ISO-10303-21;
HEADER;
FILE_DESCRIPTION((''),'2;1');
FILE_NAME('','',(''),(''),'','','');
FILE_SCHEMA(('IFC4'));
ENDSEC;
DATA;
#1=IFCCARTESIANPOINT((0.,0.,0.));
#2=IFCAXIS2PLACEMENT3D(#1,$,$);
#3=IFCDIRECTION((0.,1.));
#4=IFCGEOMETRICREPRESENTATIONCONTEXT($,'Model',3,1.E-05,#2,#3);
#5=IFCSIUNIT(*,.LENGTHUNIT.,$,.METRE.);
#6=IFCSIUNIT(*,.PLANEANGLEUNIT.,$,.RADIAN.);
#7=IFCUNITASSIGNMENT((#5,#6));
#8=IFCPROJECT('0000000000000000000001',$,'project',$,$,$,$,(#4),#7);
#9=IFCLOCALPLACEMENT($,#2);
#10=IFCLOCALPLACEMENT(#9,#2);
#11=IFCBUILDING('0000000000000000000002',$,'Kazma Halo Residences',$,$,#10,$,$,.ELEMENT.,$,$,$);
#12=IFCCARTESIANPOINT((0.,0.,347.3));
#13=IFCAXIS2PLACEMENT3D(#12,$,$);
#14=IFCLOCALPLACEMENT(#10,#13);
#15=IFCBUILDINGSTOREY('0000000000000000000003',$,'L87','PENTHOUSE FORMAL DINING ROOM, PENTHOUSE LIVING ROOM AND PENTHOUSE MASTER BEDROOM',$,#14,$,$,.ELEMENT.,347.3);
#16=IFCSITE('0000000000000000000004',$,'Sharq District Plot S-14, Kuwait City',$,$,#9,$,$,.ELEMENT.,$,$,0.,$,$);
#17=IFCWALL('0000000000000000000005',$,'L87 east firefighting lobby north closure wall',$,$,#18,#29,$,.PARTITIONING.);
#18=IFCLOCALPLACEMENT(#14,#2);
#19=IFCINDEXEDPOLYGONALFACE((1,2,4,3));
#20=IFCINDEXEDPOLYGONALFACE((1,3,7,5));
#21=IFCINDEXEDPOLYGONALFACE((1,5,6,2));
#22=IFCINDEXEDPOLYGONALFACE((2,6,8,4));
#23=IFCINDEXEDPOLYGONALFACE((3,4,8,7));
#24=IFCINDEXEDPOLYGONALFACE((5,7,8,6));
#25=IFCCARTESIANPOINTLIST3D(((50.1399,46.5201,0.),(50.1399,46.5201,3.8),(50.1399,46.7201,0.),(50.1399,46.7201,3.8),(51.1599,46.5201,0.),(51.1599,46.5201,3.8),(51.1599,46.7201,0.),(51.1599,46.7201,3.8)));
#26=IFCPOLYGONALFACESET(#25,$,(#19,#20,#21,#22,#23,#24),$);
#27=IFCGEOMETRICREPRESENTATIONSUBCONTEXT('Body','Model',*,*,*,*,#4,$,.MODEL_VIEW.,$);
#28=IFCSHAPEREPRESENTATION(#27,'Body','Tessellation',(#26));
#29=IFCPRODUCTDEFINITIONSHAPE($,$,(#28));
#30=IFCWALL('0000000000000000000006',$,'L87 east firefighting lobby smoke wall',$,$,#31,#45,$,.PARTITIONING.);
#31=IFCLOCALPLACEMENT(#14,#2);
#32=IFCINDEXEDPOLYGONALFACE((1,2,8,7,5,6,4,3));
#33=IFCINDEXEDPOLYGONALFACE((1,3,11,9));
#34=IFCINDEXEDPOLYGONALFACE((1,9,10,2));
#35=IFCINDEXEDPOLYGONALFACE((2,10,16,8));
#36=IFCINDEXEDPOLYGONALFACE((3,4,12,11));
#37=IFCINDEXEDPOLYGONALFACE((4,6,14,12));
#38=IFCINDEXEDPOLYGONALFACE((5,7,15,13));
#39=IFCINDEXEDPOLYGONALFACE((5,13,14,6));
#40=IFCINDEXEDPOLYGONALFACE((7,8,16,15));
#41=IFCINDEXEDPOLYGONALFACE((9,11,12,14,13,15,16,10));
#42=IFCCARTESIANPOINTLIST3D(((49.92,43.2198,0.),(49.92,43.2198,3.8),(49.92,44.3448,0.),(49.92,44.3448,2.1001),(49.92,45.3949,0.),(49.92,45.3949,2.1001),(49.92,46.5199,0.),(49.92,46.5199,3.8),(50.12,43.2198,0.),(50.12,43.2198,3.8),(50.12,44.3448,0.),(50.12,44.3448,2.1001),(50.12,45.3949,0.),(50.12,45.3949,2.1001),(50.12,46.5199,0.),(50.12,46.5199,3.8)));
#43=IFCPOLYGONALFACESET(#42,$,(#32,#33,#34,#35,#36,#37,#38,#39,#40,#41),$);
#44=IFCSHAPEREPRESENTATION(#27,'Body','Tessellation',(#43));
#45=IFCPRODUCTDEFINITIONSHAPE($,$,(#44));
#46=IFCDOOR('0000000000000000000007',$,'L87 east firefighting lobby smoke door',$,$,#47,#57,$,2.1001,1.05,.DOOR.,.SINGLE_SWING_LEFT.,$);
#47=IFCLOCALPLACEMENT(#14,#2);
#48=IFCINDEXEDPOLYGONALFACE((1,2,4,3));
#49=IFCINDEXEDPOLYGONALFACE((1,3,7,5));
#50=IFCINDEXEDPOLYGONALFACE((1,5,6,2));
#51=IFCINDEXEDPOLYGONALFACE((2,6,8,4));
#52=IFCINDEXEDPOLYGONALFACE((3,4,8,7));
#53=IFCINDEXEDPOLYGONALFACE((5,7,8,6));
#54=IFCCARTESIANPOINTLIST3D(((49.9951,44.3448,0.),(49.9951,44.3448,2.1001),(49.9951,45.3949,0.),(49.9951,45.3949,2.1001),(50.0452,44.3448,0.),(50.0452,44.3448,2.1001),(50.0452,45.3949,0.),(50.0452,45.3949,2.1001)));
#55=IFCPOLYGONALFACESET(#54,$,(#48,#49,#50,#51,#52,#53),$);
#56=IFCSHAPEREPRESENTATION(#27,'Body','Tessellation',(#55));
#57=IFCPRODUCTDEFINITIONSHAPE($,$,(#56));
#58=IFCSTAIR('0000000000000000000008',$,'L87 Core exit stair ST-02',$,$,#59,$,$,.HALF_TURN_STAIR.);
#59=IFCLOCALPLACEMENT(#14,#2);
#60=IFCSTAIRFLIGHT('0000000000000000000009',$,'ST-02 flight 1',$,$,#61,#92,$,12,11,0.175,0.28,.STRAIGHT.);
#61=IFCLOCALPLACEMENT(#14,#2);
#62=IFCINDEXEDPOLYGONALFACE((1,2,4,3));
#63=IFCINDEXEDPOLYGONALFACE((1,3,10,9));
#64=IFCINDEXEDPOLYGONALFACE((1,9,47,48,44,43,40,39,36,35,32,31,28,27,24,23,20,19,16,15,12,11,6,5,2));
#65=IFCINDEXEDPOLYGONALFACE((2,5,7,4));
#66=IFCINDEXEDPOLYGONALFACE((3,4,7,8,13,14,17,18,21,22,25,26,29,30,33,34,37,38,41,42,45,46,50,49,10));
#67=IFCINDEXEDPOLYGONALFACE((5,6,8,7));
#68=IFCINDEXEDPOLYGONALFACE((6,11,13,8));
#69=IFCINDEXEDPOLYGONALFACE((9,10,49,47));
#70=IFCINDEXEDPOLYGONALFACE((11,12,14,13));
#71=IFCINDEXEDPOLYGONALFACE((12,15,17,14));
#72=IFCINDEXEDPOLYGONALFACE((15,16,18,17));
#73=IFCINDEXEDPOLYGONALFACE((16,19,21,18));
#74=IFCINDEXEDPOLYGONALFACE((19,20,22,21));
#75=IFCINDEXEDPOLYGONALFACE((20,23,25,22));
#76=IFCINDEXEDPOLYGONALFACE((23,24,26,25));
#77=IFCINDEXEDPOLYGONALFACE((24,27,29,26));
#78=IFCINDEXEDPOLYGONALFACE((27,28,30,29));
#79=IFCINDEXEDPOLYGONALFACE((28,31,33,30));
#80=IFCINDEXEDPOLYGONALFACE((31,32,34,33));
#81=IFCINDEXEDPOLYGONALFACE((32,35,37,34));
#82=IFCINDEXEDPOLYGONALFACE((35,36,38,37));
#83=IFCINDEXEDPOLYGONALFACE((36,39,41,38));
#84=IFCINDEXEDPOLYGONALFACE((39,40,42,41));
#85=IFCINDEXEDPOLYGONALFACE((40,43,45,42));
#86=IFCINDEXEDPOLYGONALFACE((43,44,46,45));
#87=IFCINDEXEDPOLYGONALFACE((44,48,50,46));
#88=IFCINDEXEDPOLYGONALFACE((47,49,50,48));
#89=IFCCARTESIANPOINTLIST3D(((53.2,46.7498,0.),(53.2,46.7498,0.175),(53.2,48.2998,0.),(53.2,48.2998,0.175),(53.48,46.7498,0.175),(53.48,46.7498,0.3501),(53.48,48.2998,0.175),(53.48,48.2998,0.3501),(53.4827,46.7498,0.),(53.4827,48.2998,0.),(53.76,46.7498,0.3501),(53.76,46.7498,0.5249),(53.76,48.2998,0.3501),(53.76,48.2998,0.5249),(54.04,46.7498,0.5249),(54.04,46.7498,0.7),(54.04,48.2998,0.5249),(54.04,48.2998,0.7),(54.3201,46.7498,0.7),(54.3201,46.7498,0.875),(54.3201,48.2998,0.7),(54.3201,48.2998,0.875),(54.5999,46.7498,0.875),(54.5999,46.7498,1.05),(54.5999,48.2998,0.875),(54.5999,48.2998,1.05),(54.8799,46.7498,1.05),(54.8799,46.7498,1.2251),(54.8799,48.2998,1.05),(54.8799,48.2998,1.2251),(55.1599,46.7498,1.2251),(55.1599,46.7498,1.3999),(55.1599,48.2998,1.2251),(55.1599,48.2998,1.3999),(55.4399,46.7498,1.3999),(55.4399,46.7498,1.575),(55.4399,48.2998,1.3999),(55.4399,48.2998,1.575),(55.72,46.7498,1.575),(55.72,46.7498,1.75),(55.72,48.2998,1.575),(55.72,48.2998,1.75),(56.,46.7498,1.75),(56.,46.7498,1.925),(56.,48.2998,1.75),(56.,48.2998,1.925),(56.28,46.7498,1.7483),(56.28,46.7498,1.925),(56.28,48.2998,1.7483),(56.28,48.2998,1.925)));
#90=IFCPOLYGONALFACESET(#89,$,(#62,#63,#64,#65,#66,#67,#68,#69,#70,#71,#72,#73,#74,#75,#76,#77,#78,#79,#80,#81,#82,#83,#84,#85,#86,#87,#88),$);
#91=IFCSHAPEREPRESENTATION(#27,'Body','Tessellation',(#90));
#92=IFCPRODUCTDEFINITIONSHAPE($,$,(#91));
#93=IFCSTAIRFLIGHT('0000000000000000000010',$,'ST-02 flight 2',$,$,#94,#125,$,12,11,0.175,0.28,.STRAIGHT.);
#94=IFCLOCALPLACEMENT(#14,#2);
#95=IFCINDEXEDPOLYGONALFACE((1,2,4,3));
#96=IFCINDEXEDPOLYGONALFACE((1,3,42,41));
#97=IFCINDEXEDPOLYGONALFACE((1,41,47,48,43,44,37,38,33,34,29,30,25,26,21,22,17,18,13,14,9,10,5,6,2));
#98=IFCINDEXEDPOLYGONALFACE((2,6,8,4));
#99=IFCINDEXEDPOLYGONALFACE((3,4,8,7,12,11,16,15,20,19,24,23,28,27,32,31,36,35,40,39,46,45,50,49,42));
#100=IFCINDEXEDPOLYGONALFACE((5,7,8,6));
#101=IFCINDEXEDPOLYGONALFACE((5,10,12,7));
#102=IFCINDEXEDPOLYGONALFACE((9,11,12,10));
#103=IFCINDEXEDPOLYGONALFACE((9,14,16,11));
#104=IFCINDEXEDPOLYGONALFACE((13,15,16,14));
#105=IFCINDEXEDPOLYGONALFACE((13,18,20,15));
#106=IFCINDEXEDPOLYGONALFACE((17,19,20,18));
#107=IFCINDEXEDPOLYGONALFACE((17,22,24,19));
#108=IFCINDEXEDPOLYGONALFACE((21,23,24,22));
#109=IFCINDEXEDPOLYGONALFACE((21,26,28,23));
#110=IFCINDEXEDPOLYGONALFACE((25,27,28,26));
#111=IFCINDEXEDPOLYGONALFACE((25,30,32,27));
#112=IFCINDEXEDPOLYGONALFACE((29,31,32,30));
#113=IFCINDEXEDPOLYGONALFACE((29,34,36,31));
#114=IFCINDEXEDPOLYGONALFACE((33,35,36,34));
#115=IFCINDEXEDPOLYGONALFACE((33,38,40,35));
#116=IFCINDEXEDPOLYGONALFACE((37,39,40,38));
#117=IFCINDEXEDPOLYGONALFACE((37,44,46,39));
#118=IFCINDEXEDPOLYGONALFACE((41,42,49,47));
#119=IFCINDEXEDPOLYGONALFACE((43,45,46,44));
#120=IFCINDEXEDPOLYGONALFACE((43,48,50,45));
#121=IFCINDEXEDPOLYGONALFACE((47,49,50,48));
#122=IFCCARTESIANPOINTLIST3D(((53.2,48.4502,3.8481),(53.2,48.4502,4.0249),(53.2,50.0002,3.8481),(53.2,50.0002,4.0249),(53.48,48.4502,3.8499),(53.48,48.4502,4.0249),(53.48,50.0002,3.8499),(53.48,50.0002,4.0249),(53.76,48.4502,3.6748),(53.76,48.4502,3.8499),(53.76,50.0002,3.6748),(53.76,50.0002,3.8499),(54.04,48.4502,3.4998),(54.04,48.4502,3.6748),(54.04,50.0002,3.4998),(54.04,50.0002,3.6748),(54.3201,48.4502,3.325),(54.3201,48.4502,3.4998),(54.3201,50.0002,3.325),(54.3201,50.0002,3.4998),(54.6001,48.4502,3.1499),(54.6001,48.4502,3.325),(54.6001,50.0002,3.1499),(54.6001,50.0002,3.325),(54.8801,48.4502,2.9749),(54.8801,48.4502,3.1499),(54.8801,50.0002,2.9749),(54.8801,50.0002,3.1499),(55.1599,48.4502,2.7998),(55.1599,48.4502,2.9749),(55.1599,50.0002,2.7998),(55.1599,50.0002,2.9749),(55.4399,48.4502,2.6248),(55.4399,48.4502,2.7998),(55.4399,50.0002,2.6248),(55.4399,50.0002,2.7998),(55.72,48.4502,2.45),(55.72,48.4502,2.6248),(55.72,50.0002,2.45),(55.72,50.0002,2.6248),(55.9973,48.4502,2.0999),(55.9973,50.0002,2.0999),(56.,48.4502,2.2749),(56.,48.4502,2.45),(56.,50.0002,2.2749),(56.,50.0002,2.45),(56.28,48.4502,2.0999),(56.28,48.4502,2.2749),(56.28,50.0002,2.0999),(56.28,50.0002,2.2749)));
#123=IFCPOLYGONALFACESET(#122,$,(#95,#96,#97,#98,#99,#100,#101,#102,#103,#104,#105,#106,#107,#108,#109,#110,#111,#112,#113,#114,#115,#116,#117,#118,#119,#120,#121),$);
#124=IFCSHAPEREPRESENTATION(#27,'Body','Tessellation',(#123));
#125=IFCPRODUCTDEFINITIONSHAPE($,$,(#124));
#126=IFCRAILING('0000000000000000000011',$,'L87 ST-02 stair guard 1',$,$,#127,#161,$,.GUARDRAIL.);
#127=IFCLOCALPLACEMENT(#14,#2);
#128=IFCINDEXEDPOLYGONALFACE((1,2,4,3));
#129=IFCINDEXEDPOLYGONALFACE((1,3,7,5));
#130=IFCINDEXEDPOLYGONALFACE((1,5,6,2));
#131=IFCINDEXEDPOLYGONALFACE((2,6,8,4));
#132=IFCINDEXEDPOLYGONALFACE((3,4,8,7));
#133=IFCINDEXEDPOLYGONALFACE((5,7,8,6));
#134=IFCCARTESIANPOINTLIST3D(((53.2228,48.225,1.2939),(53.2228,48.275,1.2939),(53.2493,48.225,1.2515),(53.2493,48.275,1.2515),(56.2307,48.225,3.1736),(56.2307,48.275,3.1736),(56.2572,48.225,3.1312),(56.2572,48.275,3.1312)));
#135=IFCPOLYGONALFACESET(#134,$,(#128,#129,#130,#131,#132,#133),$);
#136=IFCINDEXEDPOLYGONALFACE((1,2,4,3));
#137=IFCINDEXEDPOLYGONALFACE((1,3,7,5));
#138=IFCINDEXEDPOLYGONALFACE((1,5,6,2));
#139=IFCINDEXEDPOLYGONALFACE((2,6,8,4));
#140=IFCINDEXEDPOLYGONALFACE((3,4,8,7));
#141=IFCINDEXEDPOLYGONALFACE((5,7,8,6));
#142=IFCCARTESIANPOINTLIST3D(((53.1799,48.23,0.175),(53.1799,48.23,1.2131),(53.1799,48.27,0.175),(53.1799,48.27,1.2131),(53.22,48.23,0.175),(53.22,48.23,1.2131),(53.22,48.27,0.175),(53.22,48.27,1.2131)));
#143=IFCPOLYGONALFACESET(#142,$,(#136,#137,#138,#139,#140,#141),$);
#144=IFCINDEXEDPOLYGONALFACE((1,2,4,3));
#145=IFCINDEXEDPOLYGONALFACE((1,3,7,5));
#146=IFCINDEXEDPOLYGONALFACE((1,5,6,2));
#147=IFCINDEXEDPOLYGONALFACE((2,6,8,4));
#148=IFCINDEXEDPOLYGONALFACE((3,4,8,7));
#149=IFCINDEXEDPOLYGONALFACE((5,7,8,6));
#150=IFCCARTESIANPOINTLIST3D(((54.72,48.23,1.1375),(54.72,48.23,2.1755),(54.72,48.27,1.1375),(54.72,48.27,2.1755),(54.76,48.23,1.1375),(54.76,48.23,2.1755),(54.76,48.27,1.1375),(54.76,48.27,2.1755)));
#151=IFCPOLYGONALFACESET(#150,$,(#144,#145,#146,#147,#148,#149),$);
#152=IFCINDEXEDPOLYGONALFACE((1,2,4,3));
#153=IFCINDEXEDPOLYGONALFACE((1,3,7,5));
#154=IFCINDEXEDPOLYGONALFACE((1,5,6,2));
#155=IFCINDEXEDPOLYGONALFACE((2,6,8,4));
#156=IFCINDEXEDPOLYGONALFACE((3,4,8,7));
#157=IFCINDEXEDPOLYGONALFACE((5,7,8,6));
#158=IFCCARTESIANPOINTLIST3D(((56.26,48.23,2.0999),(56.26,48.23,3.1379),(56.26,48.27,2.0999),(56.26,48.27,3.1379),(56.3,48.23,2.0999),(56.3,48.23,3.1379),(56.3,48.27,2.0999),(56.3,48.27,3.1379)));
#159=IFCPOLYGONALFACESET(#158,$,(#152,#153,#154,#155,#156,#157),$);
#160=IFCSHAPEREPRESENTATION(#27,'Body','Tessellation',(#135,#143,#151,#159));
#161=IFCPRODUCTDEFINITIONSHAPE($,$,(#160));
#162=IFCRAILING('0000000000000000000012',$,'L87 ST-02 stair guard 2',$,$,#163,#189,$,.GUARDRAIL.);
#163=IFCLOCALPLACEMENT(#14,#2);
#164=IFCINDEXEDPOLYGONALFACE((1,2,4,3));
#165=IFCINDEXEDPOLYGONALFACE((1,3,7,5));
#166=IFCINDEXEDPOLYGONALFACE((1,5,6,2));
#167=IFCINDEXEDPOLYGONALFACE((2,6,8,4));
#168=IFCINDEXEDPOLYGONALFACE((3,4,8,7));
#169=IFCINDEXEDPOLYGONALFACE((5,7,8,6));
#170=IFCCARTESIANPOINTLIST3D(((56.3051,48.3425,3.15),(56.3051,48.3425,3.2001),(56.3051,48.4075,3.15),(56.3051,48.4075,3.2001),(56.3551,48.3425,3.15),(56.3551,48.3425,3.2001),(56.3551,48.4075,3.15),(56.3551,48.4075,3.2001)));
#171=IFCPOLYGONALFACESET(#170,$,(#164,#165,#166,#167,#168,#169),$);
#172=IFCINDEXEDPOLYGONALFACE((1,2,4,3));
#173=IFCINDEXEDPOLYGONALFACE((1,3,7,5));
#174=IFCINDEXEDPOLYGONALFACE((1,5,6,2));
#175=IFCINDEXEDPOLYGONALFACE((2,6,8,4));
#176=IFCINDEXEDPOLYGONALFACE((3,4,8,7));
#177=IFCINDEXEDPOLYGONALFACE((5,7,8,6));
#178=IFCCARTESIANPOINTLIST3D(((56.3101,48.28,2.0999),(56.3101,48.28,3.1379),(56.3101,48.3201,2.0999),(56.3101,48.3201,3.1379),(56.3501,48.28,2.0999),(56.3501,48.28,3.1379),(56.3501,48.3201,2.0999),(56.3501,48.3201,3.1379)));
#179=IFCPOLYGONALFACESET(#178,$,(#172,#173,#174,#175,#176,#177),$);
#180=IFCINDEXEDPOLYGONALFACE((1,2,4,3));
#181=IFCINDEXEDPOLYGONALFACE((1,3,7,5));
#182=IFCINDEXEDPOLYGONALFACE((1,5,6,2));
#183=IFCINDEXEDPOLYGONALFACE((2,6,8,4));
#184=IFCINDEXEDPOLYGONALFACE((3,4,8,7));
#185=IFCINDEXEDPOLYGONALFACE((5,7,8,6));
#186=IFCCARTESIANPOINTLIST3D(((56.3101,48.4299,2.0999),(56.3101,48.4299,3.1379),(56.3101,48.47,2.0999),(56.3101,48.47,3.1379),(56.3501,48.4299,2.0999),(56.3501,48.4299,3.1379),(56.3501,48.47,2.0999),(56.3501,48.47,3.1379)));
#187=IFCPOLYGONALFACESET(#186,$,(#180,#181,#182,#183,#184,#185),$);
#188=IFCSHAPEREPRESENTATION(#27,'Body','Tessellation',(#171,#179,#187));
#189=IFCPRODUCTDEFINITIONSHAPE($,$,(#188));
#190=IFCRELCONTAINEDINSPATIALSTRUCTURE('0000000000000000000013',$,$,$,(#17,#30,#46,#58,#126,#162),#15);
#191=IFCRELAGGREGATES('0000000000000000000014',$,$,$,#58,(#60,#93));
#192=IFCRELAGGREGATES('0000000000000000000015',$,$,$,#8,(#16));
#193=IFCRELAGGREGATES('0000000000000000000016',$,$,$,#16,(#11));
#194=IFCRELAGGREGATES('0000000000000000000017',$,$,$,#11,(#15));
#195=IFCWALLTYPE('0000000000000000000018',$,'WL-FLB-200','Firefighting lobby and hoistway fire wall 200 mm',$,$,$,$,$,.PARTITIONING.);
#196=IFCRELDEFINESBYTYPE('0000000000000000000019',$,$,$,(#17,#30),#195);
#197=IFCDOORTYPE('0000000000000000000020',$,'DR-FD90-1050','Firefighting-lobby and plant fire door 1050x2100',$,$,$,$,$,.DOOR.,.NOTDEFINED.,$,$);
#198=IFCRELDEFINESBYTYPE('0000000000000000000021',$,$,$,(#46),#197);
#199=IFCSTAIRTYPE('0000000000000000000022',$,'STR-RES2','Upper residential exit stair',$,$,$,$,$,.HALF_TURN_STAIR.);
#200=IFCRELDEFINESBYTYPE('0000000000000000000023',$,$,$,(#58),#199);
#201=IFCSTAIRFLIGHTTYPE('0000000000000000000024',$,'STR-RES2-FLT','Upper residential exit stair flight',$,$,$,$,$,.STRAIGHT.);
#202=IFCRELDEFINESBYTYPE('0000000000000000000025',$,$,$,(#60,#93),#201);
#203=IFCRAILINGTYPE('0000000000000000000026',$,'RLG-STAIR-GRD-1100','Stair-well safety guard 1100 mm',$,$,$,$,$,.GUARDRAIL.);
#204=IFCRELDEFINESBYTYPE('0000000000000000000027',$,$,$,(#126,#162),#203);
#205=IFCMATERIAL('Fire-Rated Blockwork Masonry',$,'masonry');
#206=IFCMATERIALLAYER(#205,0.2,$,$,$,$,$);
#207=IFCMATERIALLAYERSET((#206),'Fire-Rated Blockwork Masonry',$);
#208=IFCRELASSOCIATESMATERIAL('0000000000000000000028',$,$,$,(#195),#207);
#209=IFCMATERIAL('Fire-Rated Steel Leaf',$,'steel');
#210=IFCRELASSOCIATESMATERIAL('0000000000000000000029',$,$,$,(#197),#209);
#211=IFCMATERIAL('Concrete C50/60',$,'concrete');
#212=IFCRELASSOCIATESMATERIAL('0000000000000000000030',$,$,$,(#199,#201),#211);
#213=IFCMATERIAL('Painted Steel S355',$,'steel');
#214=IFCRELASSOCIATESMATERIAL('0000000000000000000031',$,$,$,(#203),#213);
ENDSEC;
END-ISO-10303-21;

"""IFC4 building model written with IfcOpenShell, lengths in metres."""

from ifc_helpers import new_model, si_unit, direction, frame, frame_2d, origin, origin_2d, place, context, subcontext, project, spatial, polyline, rectangle, outline, extrude, material, layer, layer_set, type_object, element, fill, aggregate, save


model = new_model("IFC4")

# Units and contexts
model_context = context("Model", 3, precision=1e-05, world=origin(), true_north=direction((0.0, 1.0)))
body_context = subcontext(model_context, "Body", "Model", "MODEL_VIEW")
ifc_project = project(units=[si_unit("LENGTHUNIT", "METRE"), si_unit("PLANEANGLEUNIT", "RADIAN")], contexts=[model_context])

# Site, building, storey
site_placement = place(None, origin())
site = spatial("IfcSite", under=ifc_project, at=site_placement, Name="Sharq District Plot S-14, Kuwait City", CompositionType="ELEMENT", RefElevation=0.0)
building_placement = place(site_placement, origin())
building = spatial("IfcBuilding", under=site, at=building_placement, Name="Kazma Halo Residences", CompositionType="ELEMENT")
storey_placement = place(building_placement, frame((0.0, 0.0, 347.3)))
storey = spatial("IfcBuildingStorey", under=building, at=storey_placement, Name="L87", Description="PENTHOUSE FORMAL DINING ROOM, PENTHOUSE LIVING ROOM AND PENTHOUSE MASTER BEDROOM", CompositionType="ELEMENT", Elevation=347.3)

# Shared definitions
ifc_material_1 = material(Name="Fire-Rated Blockwork Masonry", Category="masonry")
ifc_layer_1 = layer(ifc_material_1, 0.2)
ifc_layer_set_1 = layer_set([ifc_layer_1], Name="Fire-Rated Blockwork Masonry")
wall_type_1 = type_object("IfcWallType", Name="WL-FLB-200", Description="Firefighting lobby and hoistway fire wall 200 mm", PredefinedType="PARTITIONING", material=ifc_layer_set_1)

# Wall
wall_1_placement = place(storey_placement, frame((50.1399, 46.6201, 0.0), z_axis=(0.0, 0.0, 1.0), x_axis=(1.0, 0.0, 0.0)))
element("IfcWall", 1, at=wall_1_placement, inside=storey, type_object=wall_type_1, Name="L87 east firefighting lobby north closure wall", PredefinedType="PARTITIONING", context=body_context, shape_type="SweptSolid", body=[
    extrude(rectangle(XDim=1.02, YDim=0.2, at=frame_2d((0.51, 0.0))), origin(), (0.0, 0.0, 1.0), 3.8),
])

# Wall, opening, door
wall_2_placement = place(storey_placement, frame((50.02, 43.22, 0.0), z_axis=(0.0, 0.0, 1.0), x_axis=(0.0, 1.0, 0.0)))
wall_2 = element("IfcWall", 2, at=wall_2_placement, inside=storey, type_object=wall_type_1, Name="L87 east firefighting lobby smoke wall", PredefinedType="PARTITIONING", context=body_context, shape_type="SweptSolid", body=[
    extrude(rectangle(XDim=3.3, YDim=0.2, at=frame_2d((1.6499, 0.0))), origin(), (0.0, 0.0, 1.0), 3.8),
])
opening_1_placement = place(wall_2_placement, frame((1.125, 0.0, 0.0)))
opening_1 = element("IfcOpeningElement", 3, at=opening_1_placement, cuts=wall_2, PredefinedType="OPENING", context=body_context, shape_type="SweptSolid", body=[
    extrude(rectangle(XDim=1.05, YDim=2.1001, at=frame_2d((0.5249, 1.05))), frame((0.0, 0.1099, 0.0), z_axis=(0.0, -1.0, 0.0), x_axis=(1.0, 0.0, 0.0)), (0.0, 0.0, 1.0), 0.22),
])
ifc_material_2 = material(Name="Fire-Rated Steel Leaf", Category="steel")
door_type_1 = type_object("IfcDoorType", Name="DR-FD90-1050", Description="Firefighting-lobby and plant fire door 1050x2100", OperationType="NOTDEFINED", PredefinedType="DOOR", material=ifc_material_2)
door_1_placement = place(opening_1_placement, origin())
door_1 = element("IfcDoor", 4, at=door_1_placement, inside=storey, type_object=door_type_1, Name="L87 east firefighting lobby smoke door", OperationType="SINGLE_SWING_LEFT", OverallHeight=2.1001, OverallWidth=1.05, PredefinedType="DOOR", context=body_context, shape_type="SweptSolid", body=[
    extrude(rectangle(XDim=1.05, YDim=2.1001, at=frame_2d((0.5249, 1.05))), frame((0.0, 0.0249, 0.0), z_axis=(0.0, -1.0, 0.0), x_axis=(1.0, 0.0, 0.0)), (0.0, 0.0, 1.0), 0.05),
])
fill(opening_1, door_1)
ifc_material_3 = material(Name="Concrete C50/60", Category="concrete")

# Stair, stair flights
stair_type = type_object("IfcStairType", Name="STR-RES2", Description="Upper residential exit stair", PredefinedType="HALF_TURN_STAIR", material=ifc_material_3)
stair_placement = place(storey_placement, origin())
stair = element("IfcStair", 5, at=stair_placement, inside=storey, type_object=stair_type, Name="L87 Core exit stair ST-02", PredefinedType="HALF_TURN_STAIR")
stair_flight_type = type_object("IfcStairFlightType", Name="STR-RES2-FLT", Description="Upper residential exit stair flight", PredefinedType="STRAIGHT", material=ifc_material_3)
stair_flight_1_placement = place(storey_placement, frame((53.2, 47.5249, 0.0), z_axis=(0.0, 0.0, 1.0), x_axis=(1.0, 0.0, 0.0)))
stair_flight_1 = element("IfcStairFlight", 6, at=stair_flight_1_placement, type_object=stair_flight_type, Name="ST-02 flight 1", NumberOfRisers=12, NumberOfTreads=11, PredefinedType="STRAIGHT", RiserHeight=0.175, TreadLength=0.28, context=body_context, shape_type="SweptSolid", body=[
    extrude(outline(polyline([(0.0, 0.0), (0.0, 0.175), (0.28, 0.175), (0.28, 0.3501), (0.5601, 0.3501), (0.5601, 0.5249), (0.8401, 0.5249), (0.8401, 0.7), (1.1201, 0.7), (1.1201, 0.875), (1.3999, 0.875), (1.3999, 1.05), (1.6799, 1.05), (1.6799, 1.2251), (1.96, 1.2251), (1.96, 1.3999), (2.24, 1.3999), (2.24, 1.575), (2.52, 1.575), (2.52, 1.75), (2.8, 1.75), (2.8, 1.925), (3.0801, 1.925), (3.0801, 2.1001), (3.0801, 1.7483), (0.2827, 0.0), (0.0, 0.0)])), frame((0.0, 0.7749, 0.0), z_axis=(0.0, -1.0, 0.0), x_axis=(1.0, 0.0, 0.0)), (0.0, 0.0, 1.0), 1.55),
])
stair_flight_2_placement = place(storey_placement, frame((56.28, 49.2251, 2.0999), z_axis=(0.0, 0.0, 1.0), x_axis=(-1.0, 0.0, 0.0)))
stair_flight_2 = element("IfcStairFlight", 7, at=stair_flight_2_placement, type_object=stair_flight_type, Name="ST-02 flight 2", NumberOfRisers=12, NumberOfTreads=11, PredefinedType="STRAIGHT", RiserHeight=0.175, TreadLength=0.28, context=body_context, shape_type="SweptSolid", body=[
    extrude(outline(polyline([(0.0, 0.0), (0.0, 0.175), (0.28, 0.175), (0.28, 0.3501), (0.5601, 0.3501), (0.5601, 0.5249), (0.8401, 0.5249), (0.8401, 0.7), (1.1201, 0.7), (1.1201, 0.875), (1.3999, 0.875), (1.3999, 1.05), (1.6799, 1.05), (1.6799, 1.2251), (1.96, 1.2251), (1.96, 1.3999), (2.24, 1.3999), (2.24, 1.575), (2.52, 1.575), (2.52, 1.75), (2.8, 1.75), (2.8, 1.925), (3.0801, 1.925), (3.0801, 2.1001), (3.0801, 1.7483), (0.2827, 0.0), (0.0, 0.0)])), frame((0.0, 0.7749, 0.0), z_axis=(0.0, -1.0, 0.0), x_axis=(1.0, 0.0, 0.0)), (0.0, 0.0, 1.0), 1.55),
])
aggregate(stair, [stair_flight_1, stair_flight_2])

# Railings
ifc_material_4 = material(Name="Painted Steel S355", Category="steel")
railing_type_1 = type_object("IfcRailingType", Name="RLG-STAIR-GRD-1100", Description="Stair-well safety guard 1100 mm", PredefinedType="GUARDRAIL", material=ifc_material_4)
railing_1_placement = place(storey_placement, frame((53.2, 48.25, 0.175)))
element("IfcRailing", 8, at=railing_1_placement, inside=storey, type_object=railing_type_1, Name="L87 ST-02 stair guard 1", PredefinedType="GUARDRAIL", context=body_context, shape_type="SweptSolid", body=[
    extrude(rectangle(XDim=0.05, YDim=0.05, at=origin_2d()), frame((0.0361, 0.0, 1.0977), z_axis=(0.848029, 0.0, 0.529951), x_axis=(0.0, 1.0, 0.0)), (0.0, 0.0, 1.0), 3.5469),
    extrude(rectangle(XDim=0.04, YDim=0.04, at=origin_2d()), origin(), (0.0, 0.0, 1.0), 1.0381),
    extrude(rectangle(XDim=0.04, YDim=0.04, at=origin_2d()), frame((1.54, 0.0, 0.9624)), (0.0, 0.0, 1.0), 1.0381),
    extrude(rectangle(XDim=0.04, YDim=0.04, at=origin_2d()), frame((3.0801, 0.0, 1.9248)), (0.0, 0.0, 1.0), 1.0381),
])
railing_2_placement = place(storey_placement, frame((56.3301, 48.3, 2.0999)))
element("IfcRailing", 9, at=railing_2_placement, inside=storey, type_object=railing_type_1, Name="L87 ST-02 stair guard 2", PredefinedType="GUARDRAIL", context=body_context, shape_type="SweptSolid", body=[
    extrude(rectangle(XDim=0.05, YDim=0.05, at=origin_2d()), frame((0.0, 0.0425, 1.0752), z_axis=(0.0, 1.0, 0.0), x_axis=(-1.0, 0.0, 0.0)), (0.0, 0.0, 1.0), 0.0649),
    extrude(rectangle(XDim=0.04, YDim=0.04, at=origin_2d()), origin(), (0.0, 0.0, 1.0), 1.0381),
    extrude(rectangle(XDim=0.04, YDim=0.04, at=origin_2d()), frame((0.0, 0.1499, 0.0)), (0.0, 0.0, 1.0), 1.0381),
])

save(model, "model.ifc")
